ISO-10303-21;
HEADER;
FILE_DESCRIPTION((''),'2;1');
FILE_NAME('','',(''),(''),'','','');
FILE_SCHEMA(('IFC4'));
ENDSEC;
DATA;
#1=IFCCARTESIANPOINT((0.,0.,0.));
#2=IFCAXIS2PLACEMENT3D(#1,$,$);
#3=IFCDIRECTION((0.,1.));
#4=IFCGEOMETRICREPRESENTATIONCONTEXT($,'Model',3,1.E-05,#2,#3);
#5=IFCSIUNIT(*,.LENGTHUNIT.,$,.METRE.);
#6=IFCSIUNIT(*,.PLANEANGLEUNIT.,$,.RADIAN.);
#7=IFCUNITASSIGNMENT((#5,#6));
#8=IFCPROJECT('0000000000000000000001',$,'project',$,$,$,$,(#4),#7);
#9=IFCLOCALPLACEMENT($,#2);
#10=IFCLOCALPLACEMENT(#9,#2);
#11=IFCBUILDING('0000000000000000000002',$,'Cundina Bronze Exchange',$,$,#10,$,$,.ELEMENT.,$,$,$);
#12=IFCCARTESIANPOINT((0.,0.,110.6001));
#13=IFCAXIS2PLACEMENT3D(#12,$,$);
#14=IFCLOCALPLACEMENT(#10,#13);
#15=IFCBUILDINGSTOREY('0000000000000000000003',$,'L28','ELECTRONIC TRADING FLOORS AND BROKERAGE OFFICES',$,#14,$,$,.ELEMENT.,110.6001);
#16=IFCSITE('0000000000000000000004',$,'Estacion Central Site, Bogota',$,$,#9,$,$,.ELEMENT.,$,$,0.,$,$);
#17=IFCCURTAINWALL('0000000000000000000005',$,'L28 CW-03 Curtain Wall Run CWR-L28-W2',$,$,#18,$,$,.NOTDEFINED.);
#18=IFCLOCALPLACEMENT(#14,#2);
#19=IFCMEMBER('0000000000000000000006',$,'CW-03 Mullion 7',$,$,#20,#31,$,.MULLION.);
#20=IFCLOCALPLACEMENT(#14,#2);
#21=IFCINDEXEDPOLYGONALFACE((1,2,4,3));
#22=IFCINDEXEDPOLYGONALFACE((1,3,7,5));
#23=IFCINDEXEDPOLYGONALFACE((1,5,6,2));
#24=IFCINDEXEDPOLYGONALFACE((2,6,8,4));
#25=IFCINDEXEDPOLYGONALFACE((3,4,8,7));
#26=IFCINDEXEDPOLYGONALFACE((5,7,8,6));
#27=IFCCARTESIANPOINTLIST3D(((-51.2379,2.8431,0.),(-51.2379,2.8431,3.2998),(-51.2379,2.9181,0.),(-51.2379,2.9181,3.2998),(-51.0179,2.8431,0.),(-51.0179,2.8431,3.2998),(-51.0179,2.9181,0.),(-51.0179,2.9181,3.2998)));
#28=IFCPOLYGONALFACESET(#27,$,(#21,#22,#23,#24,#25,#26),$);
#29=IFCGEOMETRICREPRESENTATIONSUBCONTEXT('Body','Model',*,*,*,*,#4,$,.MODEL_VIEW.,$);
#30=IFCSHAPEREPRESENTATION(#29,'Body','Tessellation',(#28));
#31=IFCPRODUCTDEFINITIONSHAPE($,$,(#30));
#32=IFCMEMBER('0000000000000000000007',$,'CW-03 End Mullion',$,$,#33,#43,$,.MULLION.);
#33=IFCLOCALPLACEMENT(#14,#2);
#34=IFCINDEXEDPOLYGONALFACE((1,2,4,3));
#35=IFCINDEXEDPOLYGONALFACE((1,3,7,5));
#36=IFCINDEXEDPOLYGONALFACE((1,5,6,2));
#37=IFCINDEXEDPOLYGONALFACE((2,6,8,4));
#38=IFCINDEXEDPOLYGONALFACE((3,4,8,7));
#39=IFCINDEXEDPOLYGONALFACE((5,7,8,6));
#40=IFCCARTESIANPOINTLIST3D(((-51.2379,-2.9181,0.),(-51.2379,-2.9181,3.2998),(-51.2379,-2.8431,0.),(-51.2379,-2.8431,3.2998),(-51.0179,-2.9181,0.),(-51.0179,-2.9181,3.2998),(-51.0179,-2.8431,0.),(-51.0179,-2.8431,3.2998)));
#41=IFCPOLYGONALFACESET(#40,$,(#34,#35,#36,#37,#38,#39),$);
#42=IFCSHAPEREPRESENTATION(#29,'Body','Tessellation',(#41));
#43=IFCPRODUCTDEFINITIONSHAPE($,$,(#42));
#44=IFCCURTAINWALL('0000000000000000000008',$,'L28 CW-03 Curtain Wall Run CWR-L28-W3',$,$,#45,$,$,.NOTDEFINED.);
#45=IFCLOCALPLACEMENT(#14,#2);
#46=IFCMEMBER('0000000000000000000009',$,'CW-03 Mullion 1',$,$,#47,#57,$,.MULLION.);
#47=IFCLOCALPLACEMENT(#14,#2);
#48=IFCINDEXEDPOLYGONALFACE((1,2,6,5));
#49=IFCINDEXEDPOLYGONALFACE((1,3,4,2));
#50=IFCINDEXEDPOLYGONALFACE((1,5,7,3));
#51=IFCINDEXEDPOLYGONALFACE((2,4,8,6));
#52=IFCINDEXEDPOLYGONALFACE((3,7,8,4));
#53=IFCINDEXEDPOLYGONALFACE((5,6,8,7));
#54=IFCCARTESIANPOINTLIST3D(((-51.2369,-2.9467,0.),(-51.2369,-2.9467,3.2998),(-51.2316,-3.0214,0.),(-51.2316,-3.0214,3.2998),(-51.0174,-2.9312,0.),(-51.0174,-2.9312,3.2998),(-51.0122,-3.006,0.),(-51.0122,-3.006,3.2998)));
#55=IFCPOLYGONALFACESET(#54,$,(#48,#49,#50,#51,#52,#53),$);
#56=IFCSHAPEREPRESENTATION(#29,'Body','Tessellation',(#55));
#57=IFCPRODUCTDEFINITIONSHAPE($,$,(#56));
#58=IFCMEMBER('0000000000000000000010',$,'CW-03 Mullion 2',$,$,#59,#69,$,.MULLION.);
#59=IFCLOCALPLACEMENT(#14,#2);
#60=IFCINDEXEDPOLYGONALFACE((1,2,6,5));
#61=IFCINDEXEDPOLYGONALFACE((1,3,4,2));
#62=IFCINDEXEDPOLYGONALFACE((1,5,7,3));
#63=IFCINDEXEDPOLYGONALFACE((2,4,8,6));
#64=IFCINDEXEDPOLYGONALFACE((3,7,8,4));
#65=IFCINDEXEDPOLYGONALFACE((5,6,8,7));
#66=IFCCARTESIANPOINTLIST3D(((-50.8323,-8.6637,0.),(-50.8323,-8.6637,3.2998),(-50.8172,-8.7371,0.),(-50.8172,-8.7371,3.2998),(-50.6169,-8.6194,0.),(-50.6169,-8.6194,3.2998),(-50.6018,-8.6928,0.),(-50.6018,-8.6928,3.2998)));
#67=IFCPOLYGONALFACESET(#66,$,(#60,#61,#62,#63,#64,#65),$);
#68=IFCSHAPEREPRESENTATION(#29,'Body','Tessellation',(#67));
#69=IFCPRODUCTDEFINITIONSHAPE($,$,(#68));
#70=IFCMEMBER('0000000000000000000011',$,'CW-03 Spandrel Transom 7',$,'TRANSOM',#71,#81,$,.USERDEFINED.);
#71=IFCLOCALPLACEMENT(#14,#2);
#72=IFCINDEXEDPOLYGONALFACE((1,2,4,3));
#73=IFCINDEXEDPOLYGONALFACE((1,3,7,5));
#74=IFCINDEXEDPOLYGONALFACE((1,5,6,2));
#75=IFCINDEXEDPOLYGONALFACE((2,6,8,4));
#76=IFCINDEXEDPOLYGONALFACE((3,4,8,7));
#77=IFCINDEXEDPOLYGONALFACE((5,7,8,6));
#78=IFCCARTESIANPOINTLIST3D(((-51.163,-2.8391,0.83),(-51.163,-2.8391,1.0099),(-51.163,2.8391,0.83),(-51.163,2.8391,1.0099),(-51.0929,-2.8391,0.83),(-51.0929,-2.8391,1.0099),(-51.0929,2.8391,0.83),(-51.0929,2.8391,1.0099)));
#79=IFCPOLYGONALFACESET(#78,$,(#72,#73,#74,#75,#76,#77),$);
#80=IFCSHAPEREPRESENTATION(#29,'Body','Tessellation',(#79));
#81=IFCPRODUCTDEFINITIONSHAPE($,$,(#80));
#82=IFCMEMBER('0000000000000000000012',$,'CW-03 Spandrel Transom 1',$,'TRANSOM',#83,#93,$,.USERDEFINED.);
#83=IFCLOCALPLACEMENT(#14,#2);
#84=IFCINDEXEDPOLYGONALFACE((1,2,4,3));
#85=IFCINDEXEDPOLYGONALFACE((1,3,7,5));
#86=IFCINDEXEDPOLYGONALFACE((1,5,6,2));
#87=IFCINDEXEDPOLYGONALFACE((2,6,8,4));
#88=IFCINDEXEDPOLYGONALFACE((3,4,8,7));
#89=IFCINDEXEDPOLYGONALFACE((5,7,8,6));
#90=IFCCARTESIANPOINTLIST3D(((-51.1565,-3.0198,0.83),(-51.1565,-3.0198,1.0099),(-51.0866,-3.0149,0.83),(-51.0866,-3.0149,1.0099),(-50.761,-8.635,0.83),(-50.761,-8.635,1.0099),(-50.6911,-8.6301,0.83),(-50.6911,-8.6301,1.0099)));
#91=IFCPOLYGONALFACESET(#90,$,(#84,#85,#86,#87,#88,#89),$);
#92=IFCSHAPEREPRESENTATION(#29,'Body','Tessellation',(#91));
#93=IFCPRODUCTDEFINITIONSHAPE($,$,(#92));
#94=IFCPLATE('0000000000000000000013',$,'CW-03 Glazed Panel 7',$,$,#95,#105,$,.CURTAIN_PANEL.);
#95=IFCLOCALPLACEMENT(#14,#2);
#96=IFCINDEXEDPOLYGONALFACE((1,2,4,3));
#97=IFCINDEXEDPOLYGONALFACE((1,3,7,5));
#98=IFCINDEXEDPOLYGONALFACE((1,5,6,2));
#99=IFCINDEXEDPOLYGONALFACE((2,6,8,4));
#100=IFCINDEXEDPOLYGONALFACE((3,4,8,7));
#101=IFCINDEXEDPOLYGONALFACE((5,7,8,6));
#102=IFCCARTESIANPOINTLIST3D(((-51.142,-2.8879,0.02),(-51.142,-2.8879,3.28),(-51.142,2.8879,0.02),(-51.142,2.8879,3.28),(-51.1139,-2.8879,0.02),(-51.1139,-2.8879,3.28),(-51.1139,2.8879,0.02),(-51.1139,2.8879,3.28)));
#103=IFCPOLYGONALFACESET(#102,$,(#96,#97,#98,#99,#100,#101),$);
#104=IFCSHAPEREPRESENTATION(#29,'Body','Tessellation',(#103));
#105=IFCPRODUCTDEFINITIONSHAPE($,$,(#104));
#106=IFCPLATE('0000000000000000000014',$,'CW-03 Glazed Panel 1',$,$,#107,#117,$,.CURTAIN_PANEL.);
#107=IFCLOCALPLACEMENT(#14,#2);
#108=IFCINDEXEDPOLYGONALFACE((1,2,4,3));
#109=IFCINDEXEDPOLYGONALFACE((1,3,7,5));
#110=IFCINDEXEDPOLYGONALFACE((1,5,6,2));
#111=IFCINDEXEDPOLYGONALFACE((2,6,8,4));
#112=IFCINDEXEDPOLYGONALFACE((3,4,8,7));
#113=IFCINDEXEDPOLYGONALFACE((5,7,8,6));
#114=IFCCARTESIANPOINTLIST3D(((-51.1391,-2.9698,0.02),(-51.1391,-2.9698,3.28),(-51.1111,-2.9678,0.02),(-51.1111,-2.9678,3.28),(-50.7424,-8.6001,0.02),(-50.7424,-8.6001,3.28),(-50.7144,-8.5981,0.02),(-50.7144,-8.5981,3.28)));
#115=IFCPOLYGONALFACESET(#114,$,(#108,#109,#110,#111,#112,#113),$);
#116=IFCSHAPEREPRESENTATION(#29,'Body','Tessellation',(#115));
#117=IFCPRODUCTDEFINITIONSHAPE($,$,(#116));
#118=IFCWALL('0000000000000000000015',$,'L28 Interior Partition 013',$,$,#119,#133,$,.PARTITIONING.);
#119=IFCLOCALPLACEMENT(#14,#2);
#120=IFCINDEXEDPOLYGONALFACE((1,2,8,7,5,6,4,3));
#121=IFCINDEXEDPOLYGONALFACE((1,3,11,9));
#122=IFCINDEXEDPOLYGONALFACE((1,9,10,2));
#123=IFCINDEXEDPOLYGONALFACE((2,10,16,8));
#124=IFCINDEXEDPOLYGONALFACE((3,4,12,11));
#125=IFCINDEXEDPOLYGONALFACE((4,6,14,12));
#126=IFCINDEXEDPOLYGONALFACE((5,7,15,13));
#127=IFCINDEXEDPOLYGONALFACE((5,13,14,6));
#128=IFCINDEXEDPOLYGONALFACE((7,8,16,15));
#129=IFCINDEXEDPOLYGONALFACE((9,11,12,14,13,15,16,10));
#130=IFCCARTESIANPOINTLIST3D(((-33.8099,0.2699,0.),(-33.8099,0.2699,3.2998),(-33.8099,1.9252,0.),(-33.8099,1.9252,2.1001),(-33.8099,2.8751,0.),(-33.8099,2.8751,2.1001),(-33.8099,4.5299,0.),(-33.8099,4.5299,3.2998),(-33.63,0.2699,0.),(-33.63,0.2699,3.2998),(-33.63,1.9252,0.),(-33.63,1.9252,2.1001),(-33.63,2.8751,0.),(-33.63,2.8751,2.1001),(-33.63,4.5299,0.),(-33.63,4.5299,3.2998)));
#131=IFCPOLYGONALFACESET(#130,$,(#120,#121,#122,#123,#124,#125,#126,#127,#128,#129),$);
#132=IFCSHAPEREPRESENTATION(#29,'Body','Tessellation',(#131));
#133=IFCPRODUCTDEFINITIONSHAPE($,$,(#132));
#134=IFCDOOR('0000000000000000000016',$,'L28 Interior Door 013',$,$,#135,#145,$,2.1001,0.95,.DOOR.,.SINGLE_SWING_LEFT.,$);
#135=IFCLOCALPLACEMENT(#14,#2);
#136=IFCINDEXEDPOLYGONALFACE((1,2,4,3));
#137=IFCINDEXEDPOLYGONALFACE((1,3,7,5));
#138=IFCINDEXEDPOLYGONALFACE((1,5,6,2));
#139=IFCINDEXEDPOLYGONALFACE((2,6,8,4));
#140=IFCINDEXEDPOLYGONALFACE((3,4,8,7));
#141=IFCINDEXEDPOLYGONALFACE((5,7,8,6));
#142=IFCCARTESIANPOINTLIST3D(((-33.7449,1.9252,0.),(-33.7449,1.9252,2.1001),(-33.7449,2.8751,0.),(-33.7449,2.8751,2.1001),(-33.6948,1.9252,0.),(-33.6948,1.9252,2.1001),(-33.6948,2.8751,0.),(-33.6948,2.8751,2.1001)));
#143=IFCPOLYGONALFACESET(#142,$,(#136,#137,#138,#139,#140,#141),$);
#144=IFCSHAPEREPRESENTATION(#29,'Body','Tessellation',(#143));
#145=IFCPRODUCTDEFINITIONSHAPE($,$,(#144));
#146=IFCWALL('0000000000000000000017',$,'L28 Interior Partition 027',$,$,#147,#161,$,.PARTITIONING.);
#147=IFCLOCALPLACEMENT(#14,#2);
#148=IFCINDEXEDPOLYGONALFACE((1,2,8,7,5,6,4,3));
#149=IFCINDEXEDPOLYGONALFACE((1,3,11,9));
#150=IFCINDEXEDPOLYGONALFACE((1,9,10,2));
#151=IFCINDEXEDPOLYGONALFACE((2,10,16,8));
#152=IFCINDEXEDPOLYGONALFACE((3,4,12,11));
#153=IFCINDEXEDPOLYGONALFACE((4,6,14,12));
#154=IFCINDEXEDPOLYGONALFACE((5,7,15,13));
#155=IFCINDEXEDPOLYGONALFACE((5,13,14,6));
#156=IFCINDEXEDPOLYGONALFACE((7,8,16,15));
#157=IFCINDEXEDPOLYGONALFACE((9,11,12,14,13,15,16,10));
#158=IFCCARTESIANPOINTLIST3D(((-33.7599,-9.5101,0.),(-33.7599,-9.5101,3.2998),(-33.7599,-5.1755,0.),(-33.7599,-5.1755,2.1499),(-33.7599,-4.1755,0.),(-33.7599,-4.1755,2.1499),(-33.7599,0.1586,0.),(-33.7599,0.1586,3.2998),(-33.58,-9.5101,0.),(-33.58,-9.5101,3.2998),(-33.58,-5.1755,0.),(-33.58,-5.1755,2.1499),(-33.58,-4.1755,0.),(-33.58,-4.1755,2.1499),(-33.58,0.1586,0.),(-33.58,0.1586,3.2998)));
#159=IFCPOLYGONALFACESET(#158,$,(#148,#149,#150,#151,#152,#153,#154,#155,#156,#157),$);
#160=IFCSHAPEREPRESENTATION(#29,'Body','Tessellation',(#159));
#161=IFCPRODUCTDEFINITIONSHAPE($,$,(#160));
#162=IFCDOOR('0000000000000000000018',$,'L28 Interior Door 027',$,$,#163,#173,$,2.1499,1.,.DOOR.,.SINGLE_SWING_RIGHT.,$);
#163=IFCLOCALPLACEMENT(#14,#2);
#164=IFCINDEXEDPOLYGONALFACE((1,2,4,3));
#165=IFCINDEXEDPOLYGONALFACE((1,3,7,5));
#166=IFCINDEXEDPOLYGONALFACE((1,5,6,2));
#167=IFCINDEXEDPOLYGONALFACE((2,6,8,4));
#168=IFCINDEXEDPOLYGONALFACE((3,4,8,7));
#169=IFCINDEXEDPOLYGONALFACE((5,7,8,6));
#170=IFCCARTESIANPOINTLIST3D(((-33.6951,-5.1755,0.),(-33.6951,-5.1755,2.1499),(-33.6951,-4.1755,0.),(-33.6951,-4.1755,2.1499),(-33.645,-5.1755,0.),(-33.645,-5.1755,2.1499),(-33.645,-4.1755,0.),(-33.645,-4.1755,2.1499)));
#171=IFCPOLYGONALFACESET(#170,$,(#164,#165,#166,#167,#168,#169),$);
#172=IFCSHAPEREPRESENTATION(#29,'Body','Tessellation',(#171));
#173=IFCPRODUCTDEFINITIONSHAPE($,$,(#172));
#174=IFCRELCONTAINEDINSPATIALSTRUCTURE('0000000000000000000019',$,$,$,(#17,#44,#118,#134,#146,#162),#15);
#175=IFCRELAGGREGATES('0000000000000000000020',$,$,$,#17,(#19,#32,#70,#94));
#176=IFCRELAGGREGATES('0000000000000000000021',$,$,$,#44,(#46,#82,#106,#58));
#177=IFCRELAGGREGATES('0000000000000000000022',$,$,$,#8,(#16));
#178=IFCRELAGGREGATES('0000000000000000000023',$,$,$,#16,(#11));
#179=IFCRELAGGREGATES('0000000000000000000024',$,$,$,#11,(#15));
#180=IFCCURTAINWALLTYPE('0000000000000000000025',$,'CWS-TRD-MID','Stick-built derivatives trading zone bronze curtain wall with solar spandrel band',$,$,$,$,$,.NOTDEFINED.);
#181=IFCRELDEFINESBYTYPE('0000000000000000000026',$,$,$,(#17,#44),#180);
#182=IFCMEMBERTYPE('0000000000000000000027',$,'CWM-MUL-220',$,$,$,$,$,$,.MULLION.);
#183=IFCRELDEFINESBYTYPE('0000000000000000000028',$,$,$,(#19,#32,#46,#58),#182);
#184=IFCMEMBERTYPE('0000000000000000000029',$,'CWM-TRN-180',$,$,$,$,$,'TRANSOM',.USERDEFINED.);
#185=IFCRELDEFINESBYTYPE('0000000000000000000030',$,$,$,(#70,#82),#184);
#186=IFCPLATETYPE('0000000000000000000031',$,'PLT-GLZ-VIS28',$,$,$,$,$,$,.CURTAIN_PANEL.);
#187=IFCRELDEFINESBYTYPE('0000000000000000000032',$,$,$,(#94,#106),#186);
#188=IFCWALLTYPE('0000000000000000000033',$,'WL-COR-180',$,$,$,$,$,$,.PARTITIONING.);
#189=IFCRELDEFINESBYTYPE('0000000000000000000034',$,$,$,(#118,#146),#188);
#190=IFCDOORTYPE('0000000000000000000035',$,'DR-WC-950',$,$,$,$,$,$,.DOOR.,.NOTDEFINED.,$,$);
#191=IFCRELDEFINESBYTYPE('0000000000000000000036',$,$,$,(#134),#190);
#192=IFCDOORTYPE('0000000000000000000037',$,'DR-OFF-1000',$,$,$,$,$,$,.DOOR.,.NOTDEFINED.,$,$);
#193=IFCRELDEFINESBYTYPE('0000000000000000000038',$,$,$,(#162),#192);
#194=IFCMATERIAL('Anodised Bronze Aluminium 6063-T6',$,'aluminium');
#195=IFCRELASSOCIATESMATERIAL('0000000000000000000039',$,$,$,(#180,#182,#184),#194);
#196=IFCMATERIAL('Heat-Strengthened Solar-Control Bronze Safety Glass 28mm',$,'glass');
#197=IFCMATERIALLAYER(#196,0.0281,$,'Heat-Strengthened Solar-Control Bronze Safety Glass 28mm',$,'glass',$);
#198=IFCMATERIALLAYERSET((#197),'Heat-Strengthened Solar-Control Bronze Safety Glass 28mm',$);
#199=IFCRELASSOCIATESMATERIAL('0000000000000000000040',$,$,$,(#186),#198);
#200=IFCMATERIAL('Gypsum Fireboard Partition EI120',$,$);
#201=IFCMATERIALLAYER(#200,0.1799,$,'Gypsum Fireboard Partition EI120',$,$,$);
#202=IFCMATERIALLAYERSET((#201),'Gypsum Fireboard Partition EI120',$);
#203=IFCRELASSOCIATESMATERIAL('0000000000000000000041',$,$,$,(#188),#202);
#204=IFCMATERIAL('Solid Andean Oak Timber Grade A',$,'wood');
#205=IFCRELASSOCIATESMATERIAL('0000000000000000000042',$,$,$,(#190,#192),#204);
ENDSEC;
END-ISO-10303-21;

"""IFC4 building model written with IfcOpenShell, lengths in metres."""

from ifc_helpers import new_model, si_unit, direction, frame, frame_2d, origin, origin_2d, place, context, subcontext, project, spatial, rectangle, extrude, material, layer, layer_set, material_profile, profile_set, type_object, element, fill, aggregate, save


model = new_model("IFC4")

# Units and contexts
model_context = context("Model", 3, precision=1e-05, world=origin(), true_north=direction((0.0, 1.0)))
body_context = subcontext(model_context, "Body", "Model", "MODEL_VIEW")
ifc_project = project(units=[si_unit("LENGTHUNIT", "METRE"), si_unit("PLANEANGLEUNIT", "RADIAN")], contexts=[model_context])

# Site, building, storey
site_placement = place(None, origin())
site = spatial("IfcSite", under=ifc_project, at=site_placement, Name="Estacion Central Site, Bogota", CompositionType="ELEMENT", RefElevation=0.0)
building_placement = place(site_placement, origin())
building = spatial("IfcBuilding", under=site, at=building_placement, Name="Cundina Bronze Exchange", CompositionType="ELEMENT")
storey_placement = place(building_placement, frame((0.0, 0.0, 110.6001)))
storey = spatial("IfcBuildingStorey", under=building, at=storey_placement, Name="L28", Description="ELECTRONIC TRADING FLOORS AND BROKERAGE OFFICES", CompositionType="ELEMENT", Elevation=110.6001)

# Curtain walls, members
ifc_material_1 = material(Name="Anodised Bronze Aluminium 6063-T6", Category="aluminium")
curtain_wall_type = type_object("IfcCurtainWallType", Name="CWS-TRD-MID", Description="Stick-built derivatives trading zone bronze curtain wall with solar spandrel band", PredefinedType="NOTDEFINED", material=ifc_material_1)
curtain_wall_1_placement = place(storey_placement, origin())
curtain_wall_1 = element("IfcCurtainWall", 1, at=curtain_wall_1_placement, inside=storey, type_object=curtain_wall_type, Name="L28 CW-03 Curtain Wall Run CWR-L28-W2", PredefinedType="NOTDEFINED")
ifc_material_profile_1 = material_profile(ifc_material_1, rectangle(XDim=0.075, YDim=0.22, at=origin_2d()), Name="AL75X220", Category="aluminium")
ifc_profile_set_1 = profile_set([ifc_material_profile_1], Name="Anodised Bronze Aluminium 6063-T6")
member_type_1 = type_object("IfcMemberType", Name="CWM-MUL-220", PredefinedType="MULLION", material=ifc_profile_set_1)
member_1_placement = place(storey_placement, frame((-51.1279, 2.8806, 0.0), z_axis=(0.0, 0.0, 1.0), x_axis=(0.0, -1.0, 0.0)))
member_1 = element("IfcMember", 2, at=member_1_placement, type_object=member_type_1, Name="CW-03 Mullion 7", PredefinedType="MULLION", context=body_context, shape_type="SweptSolid", body=[
    extrude(rectangle(XDim=0.075, YDim=0.22, at=origin_2d()), origin(), (0.0, 0.0, 1.0), 3.2998),
])
member_2_placement = place(storey_placement, frame((-51.1279, -2.8806, 0.0), z_axis=(0.0, 0.0, 1.0), x_axis=(0.0, -1.0, 0.0)))
member_2 = element("IfcMember", 3, at=member_2_placement, type_object=member_type_1, Name="CW-03 End Mullion", PredefinedType="MULLION", context=body_context, shape_type="SweptSolid", body=[
    extrude(rectangle(XDim=0.075, YDim=0.22, at=origin_2d()), origin(), (0.0, 0.0, 1.0), 3.2998),
])
curtain_wall_2_placement = place(storey_placement, origin())
curtain_wall_2 = element("IfcCurtainWall", 4, at=curtain_wall_2_placement, inside=storey, type_object=curtain_wall_type, Name="L28 CW-03 Curtain Wall Run CWR-L28-W3", PredefinedType="NOTDEFINED")
member_3_placement = place(storey_placement, frame((-51.1245, -2.9763, 0.0), z_axis=(0.0, 0.0, 1.0), x_axis=(0.070279, -0.997527, 0.0)))
member_3 = element("IfcMember", 5, at=member_3_placement, type_object=member_type_1, Name="CW-03 Mullion 1", PredefinedType="MULLION", context=body_context, shape_type="SweptSolid", body=[
    extrude(rectangle(XDim=0.075, YDim=0.22, at=origin_2d()), origin(), (0.0, 0.0, 1.0), 3.2998),
])
member_4_placement = place(storey_placement, frame((-50.717, -8.6782, 0.0), z_axis=(0.0, 0.0, 1.0), x_axis=(0.20142, -0.979505, 0.0)))
member_4 = element("IfcMember", 6, at=member_4_placement, type_object=member_type_1, Name="CW-03 Mullion 2", PredefinedType="MULLION", context=body_context, shape_type="SweptSolid", body=[
    extrude(rectangle(XDim=0.075, YDim=0.22, at=origin_2d()), origin(), (0.0, 0.0, 1.0), 3.2998),
])

# Members
ifc_material_profile_2 = material_profile(ifc_material_1, rectangle(XDim=0.0701, YDim=0.1799, at=origin_2d()), Name="AL70X180", Category="aluminium")
ifc_profile_set_2 = profile_set([ifc_material_profile_2], Name="Anodised Bronze Aluminium 6063-T6")
member_type_2 = type_object("IfcMemberType", Name="CWM-TRN-180", ElementType="TRANSOM", PredefinedType="USERDEFINED", material=ifc_profile_set_2)
member_5_placement = place(storey_placement, frame((-51.1279, 2.8391, 0.9199), z_axis=(0.0, -1.0, 0.0), x_axis=(1.0, 0.0, 0.0)))
member_5 = element("IfcMember", 7, at=member_5_placement, type_object=member_type_2, Name="CW-03 Spandrel Transom 7", ObjectType="TRANSOM", PredefinedType="USERDEFINED", context=body_context, shape_type="SweptSolid", body=[
    extrude(rectangle(XDim=0.0701, YDim=0.1799, at=origin_2d()), origin(), (0.0, 0.0, 1.0), 5.6782),
])
member_6_placement = place(storey_placement, frame((-51.1216, -3.0173, 0.9199), z_axis=(0.070261, -0.997529, 0.0), x_axis=(0.997529, 0.070261, 0.0)))
member_6 = element("IfcMember", 8, at=member_6_placement, type_object=member_type_2, Name="CW-03 Spandrel Transom 1", ObjectType="TRANSOM", PredefinedType="USERDEFINED", context=body_context, shape_type="SweptSolid", body=[
    extrude(rectangle(XDim=0.0701, YDim=0.1799, at=origin_2d()), origin(), (0.0, 0.0, 1.0), 5.6292),
])

# Plates
ifc_material_2 = material(Name="Heat-Strengthened Solar-Control Bronze Safety Glass 28mm", Category="glass")
ifc_layer_1 = layer(ifc_material_2, 0.0281, Name="Heat-Strengthened Solar-Control Bronze Safety Glass 28mm", Category="glass")
ifc_layer_set_1 = layer_set([ifc_layer_1], Name="Heat-Strengthened Solar-Control Bronze Safety Glass 28mm")
plate_type = type_object("IfcPlateType", Name="PLT-GLZ-VIS28", PredefinedType="CURTAIN_PANEL", material=ifc_layer_set_1)
plate_1_placement = place(storey_placement, frame((-51.1279, 0.0, 0.02), z_axis=(0.0, 0.0, 1.0), x_axis=(0.0, -1.0, 0.0)))
plate_1 = element("IfcPlate", 9, at=plate_1_placement, type_object=plate_type, Name="CW-03 Glazed Panel 7", PredefinedType="CURTAIN_PANEL", context=body_context, shape_type="SweptSolid", body=[
    extrude(rectangle(XDim=5.7759, YDim=0.0281, at=origin_2d()), origin(), (0.0, 0.0, 1.0), 3.26),
])
aggregate(curtain_wall_1, [member_1, member_2, member_5, plate_1])
plate_2_placement = place(storey_placement, frame((-50.9268, -5.7839, 0.02), z_axis=(0.0, 0.0, 1.0), x_axis=(0.070279, -0.997527, 0.0)))
plate_2 = element("IfcPlate", 10, at=plate_2_placement, type_object=plate_type, Name="CW-03 Glazed Panel 1", PredefinedType="CURTAIN_PANEL", context=body_context, shape_type="SweptSolid", body=[
    extrude(rectangle(XDim=5.6443, YDim=0.0281, at=origin_2d()), origin(), (0.0, 0.0, 1.0), 3.26),
])
aggregate(curtain_wall_2, [member_3, member_6, plate_2, member_4])

# Walls, openings, doors
ifc_material_3 = material(Name="Gypsum Fireboard Partition EI120")
ifc_layer_2 = layer(ifc_material_3, 0.1799, Name="Gypsum Fireboard Partition EI120")
ifc_layer_set_2 = layer_set([ifc_layer_2], Name="Gypsum Fireboard Partition EI120")
wall_type_1 = type_object("IfcWallType", Name="WL-COR-180", PredefinedType="PARTITIONING", material=ifc_layer_set_2)
wall_1_placement = place(storey_placement, frame((-33.72, 0.27, 0.0), z_axis=(0.0, 0.0, 1.0), x_axis=(0.0, 1.0, 0.0)))
wall_1 = element("IfcWall", 11, at=wall_1_placement, inside=storey, type_object=wall_type_1, Name="L28 Interior Partition 013", PredefinedType="PARTITIONING", context=body_context, shape_type="SweptSolid", body=[
    extrude(rectangle(XDim=4.26, YDim=0.1799, at=frame_2d((2.1299, 0.0))), origin(), (0.0, 0.0, 1.0), 3.2998),
])
opening_1_placement = place(wall_1_placement, frame((1.655, 0.0, 0.0)))
opening_1 = element("IfcOpeningElement", 12, at=opening_1_placement, cuts=wall_1, PredefinedType="OPENING", context=body_context, shape_type="SweptSolid", body=[
    extrude(rectangle(XDim=0.95, YDim=2.1001, at=frame_2d((0.4751, 1.05))), frame((0.0, 0.0999, 0.0), z_axis=(0.0, -1.0, 0.0), x_axis=(1.0, 0.0, 0.0)), (0.0, 0.0, 1.0), 0.2),
])
ifc_material_4 = material(Name="Solid Andean Oak Timber Grade A", Category="wood")
door_type_1 = type_object("IfcDoorType", Name="DR-WC-950", OperationType="NOTDEFINED", PredefinedType="DOOR", material=ifc_material_4)
door_1_placement = place(opening_1_placement, origin())
door_1 = element("IfcDoor", 13, at=door_1_placement, inside=storey, type_object=door_type_1, Name="L28 Interior Door 013", OperationType="SINGLE_SWING_LEFT", OverallHeight=2.1001, OverallWidth=0.95, PredefinedType="DOOR", context=body_context, shape_type="SweptSolid", body=[
    extrude(rectangle(XDim=0.95, YDim=2.1001, at=frame_2d((0.4751, 1.05))), frame((0.0, 0.0249, 0.0), z_axis=(0.0, -1.0, 0.0), x_axis=(1.0, 0.0, 0.0)), (0.0, 0.0, 1.0), 0.05),
])
fill(opening_1, door_1)
wall_2_placement = place(storey_placement, frame((-33.6699, 0.1587, 0.0), z_axis=(0.0, 0.0, 1.0), x_axis=(0.0, -1.0, 0.0)))
wall_2 = element("IfcWall", 14, at=wall_2_placement, inside=storey, type_object=wall_type_1, Name="L28 Interior Partition 027", PredefinedType="PARTITIONING", context=body_context, shape_type="SweptSolid", body=[
    extrude(rectangle(XDim=9.6687, YDim=0.1799, at=frame_2d((4.8345, 0.0))), origin(), (0.0, 0.0, 1.0), 3.2998),
])
opening_2_placement = place(wall_2_placement, frame((4.3342, 0.0, 0.0)))
opening_2 = element("IfcOpeningElement", 15, at=opening_2_placement, cuts=wall_2, PredefinedType="OPENING", context=body_context, shape_type="SweptSolid", body=[
    extrude(rectangle(XDim=1.0, YDim=2.1499, at=frame_2d((0.5, 1.075))), frame((0.0, 0.0999, 0.0), z_axis=(0.0, -1.0, 0.0), x_axis=(1.0, 0.0, 0.0)), (0.0, 0.0, 1.0), 0.2),
])
door_type_2 = type_object("IfcDoorType", Name="DR-OFF-1000", OperationType="NOTDEFINED", PredefinedType="DOOR", material=ifc_material_4)
door_2_placement = place(opening_2_placement, origin())
door_2 = element("IfcDoor", 16, at=door_2_placement, inside=storey, type_object=door_type_2, Name="L28 Interior Door 027", OperationType="SINGLE_SWING_RIGHT", OverallHeight=2.1499, OverallWidth=1.0, PredefinedType="DOOR", context=body_context, shape_type="SweptSolid", body=[
    extrude(rectangle(XDim=1.0, YDim=2.1499, at=frame_2d((0.5, 1.075))), frame((0.0, 0.0249, 0.0), z_axis=(0.0, -1.0, 0.0), x_axis=(1.0, 0.0, 0.0)), (0.0, 0.0, 1.0), 0.05),
])
fill(opening_2, door_2)

save(model, "model.ifc")
